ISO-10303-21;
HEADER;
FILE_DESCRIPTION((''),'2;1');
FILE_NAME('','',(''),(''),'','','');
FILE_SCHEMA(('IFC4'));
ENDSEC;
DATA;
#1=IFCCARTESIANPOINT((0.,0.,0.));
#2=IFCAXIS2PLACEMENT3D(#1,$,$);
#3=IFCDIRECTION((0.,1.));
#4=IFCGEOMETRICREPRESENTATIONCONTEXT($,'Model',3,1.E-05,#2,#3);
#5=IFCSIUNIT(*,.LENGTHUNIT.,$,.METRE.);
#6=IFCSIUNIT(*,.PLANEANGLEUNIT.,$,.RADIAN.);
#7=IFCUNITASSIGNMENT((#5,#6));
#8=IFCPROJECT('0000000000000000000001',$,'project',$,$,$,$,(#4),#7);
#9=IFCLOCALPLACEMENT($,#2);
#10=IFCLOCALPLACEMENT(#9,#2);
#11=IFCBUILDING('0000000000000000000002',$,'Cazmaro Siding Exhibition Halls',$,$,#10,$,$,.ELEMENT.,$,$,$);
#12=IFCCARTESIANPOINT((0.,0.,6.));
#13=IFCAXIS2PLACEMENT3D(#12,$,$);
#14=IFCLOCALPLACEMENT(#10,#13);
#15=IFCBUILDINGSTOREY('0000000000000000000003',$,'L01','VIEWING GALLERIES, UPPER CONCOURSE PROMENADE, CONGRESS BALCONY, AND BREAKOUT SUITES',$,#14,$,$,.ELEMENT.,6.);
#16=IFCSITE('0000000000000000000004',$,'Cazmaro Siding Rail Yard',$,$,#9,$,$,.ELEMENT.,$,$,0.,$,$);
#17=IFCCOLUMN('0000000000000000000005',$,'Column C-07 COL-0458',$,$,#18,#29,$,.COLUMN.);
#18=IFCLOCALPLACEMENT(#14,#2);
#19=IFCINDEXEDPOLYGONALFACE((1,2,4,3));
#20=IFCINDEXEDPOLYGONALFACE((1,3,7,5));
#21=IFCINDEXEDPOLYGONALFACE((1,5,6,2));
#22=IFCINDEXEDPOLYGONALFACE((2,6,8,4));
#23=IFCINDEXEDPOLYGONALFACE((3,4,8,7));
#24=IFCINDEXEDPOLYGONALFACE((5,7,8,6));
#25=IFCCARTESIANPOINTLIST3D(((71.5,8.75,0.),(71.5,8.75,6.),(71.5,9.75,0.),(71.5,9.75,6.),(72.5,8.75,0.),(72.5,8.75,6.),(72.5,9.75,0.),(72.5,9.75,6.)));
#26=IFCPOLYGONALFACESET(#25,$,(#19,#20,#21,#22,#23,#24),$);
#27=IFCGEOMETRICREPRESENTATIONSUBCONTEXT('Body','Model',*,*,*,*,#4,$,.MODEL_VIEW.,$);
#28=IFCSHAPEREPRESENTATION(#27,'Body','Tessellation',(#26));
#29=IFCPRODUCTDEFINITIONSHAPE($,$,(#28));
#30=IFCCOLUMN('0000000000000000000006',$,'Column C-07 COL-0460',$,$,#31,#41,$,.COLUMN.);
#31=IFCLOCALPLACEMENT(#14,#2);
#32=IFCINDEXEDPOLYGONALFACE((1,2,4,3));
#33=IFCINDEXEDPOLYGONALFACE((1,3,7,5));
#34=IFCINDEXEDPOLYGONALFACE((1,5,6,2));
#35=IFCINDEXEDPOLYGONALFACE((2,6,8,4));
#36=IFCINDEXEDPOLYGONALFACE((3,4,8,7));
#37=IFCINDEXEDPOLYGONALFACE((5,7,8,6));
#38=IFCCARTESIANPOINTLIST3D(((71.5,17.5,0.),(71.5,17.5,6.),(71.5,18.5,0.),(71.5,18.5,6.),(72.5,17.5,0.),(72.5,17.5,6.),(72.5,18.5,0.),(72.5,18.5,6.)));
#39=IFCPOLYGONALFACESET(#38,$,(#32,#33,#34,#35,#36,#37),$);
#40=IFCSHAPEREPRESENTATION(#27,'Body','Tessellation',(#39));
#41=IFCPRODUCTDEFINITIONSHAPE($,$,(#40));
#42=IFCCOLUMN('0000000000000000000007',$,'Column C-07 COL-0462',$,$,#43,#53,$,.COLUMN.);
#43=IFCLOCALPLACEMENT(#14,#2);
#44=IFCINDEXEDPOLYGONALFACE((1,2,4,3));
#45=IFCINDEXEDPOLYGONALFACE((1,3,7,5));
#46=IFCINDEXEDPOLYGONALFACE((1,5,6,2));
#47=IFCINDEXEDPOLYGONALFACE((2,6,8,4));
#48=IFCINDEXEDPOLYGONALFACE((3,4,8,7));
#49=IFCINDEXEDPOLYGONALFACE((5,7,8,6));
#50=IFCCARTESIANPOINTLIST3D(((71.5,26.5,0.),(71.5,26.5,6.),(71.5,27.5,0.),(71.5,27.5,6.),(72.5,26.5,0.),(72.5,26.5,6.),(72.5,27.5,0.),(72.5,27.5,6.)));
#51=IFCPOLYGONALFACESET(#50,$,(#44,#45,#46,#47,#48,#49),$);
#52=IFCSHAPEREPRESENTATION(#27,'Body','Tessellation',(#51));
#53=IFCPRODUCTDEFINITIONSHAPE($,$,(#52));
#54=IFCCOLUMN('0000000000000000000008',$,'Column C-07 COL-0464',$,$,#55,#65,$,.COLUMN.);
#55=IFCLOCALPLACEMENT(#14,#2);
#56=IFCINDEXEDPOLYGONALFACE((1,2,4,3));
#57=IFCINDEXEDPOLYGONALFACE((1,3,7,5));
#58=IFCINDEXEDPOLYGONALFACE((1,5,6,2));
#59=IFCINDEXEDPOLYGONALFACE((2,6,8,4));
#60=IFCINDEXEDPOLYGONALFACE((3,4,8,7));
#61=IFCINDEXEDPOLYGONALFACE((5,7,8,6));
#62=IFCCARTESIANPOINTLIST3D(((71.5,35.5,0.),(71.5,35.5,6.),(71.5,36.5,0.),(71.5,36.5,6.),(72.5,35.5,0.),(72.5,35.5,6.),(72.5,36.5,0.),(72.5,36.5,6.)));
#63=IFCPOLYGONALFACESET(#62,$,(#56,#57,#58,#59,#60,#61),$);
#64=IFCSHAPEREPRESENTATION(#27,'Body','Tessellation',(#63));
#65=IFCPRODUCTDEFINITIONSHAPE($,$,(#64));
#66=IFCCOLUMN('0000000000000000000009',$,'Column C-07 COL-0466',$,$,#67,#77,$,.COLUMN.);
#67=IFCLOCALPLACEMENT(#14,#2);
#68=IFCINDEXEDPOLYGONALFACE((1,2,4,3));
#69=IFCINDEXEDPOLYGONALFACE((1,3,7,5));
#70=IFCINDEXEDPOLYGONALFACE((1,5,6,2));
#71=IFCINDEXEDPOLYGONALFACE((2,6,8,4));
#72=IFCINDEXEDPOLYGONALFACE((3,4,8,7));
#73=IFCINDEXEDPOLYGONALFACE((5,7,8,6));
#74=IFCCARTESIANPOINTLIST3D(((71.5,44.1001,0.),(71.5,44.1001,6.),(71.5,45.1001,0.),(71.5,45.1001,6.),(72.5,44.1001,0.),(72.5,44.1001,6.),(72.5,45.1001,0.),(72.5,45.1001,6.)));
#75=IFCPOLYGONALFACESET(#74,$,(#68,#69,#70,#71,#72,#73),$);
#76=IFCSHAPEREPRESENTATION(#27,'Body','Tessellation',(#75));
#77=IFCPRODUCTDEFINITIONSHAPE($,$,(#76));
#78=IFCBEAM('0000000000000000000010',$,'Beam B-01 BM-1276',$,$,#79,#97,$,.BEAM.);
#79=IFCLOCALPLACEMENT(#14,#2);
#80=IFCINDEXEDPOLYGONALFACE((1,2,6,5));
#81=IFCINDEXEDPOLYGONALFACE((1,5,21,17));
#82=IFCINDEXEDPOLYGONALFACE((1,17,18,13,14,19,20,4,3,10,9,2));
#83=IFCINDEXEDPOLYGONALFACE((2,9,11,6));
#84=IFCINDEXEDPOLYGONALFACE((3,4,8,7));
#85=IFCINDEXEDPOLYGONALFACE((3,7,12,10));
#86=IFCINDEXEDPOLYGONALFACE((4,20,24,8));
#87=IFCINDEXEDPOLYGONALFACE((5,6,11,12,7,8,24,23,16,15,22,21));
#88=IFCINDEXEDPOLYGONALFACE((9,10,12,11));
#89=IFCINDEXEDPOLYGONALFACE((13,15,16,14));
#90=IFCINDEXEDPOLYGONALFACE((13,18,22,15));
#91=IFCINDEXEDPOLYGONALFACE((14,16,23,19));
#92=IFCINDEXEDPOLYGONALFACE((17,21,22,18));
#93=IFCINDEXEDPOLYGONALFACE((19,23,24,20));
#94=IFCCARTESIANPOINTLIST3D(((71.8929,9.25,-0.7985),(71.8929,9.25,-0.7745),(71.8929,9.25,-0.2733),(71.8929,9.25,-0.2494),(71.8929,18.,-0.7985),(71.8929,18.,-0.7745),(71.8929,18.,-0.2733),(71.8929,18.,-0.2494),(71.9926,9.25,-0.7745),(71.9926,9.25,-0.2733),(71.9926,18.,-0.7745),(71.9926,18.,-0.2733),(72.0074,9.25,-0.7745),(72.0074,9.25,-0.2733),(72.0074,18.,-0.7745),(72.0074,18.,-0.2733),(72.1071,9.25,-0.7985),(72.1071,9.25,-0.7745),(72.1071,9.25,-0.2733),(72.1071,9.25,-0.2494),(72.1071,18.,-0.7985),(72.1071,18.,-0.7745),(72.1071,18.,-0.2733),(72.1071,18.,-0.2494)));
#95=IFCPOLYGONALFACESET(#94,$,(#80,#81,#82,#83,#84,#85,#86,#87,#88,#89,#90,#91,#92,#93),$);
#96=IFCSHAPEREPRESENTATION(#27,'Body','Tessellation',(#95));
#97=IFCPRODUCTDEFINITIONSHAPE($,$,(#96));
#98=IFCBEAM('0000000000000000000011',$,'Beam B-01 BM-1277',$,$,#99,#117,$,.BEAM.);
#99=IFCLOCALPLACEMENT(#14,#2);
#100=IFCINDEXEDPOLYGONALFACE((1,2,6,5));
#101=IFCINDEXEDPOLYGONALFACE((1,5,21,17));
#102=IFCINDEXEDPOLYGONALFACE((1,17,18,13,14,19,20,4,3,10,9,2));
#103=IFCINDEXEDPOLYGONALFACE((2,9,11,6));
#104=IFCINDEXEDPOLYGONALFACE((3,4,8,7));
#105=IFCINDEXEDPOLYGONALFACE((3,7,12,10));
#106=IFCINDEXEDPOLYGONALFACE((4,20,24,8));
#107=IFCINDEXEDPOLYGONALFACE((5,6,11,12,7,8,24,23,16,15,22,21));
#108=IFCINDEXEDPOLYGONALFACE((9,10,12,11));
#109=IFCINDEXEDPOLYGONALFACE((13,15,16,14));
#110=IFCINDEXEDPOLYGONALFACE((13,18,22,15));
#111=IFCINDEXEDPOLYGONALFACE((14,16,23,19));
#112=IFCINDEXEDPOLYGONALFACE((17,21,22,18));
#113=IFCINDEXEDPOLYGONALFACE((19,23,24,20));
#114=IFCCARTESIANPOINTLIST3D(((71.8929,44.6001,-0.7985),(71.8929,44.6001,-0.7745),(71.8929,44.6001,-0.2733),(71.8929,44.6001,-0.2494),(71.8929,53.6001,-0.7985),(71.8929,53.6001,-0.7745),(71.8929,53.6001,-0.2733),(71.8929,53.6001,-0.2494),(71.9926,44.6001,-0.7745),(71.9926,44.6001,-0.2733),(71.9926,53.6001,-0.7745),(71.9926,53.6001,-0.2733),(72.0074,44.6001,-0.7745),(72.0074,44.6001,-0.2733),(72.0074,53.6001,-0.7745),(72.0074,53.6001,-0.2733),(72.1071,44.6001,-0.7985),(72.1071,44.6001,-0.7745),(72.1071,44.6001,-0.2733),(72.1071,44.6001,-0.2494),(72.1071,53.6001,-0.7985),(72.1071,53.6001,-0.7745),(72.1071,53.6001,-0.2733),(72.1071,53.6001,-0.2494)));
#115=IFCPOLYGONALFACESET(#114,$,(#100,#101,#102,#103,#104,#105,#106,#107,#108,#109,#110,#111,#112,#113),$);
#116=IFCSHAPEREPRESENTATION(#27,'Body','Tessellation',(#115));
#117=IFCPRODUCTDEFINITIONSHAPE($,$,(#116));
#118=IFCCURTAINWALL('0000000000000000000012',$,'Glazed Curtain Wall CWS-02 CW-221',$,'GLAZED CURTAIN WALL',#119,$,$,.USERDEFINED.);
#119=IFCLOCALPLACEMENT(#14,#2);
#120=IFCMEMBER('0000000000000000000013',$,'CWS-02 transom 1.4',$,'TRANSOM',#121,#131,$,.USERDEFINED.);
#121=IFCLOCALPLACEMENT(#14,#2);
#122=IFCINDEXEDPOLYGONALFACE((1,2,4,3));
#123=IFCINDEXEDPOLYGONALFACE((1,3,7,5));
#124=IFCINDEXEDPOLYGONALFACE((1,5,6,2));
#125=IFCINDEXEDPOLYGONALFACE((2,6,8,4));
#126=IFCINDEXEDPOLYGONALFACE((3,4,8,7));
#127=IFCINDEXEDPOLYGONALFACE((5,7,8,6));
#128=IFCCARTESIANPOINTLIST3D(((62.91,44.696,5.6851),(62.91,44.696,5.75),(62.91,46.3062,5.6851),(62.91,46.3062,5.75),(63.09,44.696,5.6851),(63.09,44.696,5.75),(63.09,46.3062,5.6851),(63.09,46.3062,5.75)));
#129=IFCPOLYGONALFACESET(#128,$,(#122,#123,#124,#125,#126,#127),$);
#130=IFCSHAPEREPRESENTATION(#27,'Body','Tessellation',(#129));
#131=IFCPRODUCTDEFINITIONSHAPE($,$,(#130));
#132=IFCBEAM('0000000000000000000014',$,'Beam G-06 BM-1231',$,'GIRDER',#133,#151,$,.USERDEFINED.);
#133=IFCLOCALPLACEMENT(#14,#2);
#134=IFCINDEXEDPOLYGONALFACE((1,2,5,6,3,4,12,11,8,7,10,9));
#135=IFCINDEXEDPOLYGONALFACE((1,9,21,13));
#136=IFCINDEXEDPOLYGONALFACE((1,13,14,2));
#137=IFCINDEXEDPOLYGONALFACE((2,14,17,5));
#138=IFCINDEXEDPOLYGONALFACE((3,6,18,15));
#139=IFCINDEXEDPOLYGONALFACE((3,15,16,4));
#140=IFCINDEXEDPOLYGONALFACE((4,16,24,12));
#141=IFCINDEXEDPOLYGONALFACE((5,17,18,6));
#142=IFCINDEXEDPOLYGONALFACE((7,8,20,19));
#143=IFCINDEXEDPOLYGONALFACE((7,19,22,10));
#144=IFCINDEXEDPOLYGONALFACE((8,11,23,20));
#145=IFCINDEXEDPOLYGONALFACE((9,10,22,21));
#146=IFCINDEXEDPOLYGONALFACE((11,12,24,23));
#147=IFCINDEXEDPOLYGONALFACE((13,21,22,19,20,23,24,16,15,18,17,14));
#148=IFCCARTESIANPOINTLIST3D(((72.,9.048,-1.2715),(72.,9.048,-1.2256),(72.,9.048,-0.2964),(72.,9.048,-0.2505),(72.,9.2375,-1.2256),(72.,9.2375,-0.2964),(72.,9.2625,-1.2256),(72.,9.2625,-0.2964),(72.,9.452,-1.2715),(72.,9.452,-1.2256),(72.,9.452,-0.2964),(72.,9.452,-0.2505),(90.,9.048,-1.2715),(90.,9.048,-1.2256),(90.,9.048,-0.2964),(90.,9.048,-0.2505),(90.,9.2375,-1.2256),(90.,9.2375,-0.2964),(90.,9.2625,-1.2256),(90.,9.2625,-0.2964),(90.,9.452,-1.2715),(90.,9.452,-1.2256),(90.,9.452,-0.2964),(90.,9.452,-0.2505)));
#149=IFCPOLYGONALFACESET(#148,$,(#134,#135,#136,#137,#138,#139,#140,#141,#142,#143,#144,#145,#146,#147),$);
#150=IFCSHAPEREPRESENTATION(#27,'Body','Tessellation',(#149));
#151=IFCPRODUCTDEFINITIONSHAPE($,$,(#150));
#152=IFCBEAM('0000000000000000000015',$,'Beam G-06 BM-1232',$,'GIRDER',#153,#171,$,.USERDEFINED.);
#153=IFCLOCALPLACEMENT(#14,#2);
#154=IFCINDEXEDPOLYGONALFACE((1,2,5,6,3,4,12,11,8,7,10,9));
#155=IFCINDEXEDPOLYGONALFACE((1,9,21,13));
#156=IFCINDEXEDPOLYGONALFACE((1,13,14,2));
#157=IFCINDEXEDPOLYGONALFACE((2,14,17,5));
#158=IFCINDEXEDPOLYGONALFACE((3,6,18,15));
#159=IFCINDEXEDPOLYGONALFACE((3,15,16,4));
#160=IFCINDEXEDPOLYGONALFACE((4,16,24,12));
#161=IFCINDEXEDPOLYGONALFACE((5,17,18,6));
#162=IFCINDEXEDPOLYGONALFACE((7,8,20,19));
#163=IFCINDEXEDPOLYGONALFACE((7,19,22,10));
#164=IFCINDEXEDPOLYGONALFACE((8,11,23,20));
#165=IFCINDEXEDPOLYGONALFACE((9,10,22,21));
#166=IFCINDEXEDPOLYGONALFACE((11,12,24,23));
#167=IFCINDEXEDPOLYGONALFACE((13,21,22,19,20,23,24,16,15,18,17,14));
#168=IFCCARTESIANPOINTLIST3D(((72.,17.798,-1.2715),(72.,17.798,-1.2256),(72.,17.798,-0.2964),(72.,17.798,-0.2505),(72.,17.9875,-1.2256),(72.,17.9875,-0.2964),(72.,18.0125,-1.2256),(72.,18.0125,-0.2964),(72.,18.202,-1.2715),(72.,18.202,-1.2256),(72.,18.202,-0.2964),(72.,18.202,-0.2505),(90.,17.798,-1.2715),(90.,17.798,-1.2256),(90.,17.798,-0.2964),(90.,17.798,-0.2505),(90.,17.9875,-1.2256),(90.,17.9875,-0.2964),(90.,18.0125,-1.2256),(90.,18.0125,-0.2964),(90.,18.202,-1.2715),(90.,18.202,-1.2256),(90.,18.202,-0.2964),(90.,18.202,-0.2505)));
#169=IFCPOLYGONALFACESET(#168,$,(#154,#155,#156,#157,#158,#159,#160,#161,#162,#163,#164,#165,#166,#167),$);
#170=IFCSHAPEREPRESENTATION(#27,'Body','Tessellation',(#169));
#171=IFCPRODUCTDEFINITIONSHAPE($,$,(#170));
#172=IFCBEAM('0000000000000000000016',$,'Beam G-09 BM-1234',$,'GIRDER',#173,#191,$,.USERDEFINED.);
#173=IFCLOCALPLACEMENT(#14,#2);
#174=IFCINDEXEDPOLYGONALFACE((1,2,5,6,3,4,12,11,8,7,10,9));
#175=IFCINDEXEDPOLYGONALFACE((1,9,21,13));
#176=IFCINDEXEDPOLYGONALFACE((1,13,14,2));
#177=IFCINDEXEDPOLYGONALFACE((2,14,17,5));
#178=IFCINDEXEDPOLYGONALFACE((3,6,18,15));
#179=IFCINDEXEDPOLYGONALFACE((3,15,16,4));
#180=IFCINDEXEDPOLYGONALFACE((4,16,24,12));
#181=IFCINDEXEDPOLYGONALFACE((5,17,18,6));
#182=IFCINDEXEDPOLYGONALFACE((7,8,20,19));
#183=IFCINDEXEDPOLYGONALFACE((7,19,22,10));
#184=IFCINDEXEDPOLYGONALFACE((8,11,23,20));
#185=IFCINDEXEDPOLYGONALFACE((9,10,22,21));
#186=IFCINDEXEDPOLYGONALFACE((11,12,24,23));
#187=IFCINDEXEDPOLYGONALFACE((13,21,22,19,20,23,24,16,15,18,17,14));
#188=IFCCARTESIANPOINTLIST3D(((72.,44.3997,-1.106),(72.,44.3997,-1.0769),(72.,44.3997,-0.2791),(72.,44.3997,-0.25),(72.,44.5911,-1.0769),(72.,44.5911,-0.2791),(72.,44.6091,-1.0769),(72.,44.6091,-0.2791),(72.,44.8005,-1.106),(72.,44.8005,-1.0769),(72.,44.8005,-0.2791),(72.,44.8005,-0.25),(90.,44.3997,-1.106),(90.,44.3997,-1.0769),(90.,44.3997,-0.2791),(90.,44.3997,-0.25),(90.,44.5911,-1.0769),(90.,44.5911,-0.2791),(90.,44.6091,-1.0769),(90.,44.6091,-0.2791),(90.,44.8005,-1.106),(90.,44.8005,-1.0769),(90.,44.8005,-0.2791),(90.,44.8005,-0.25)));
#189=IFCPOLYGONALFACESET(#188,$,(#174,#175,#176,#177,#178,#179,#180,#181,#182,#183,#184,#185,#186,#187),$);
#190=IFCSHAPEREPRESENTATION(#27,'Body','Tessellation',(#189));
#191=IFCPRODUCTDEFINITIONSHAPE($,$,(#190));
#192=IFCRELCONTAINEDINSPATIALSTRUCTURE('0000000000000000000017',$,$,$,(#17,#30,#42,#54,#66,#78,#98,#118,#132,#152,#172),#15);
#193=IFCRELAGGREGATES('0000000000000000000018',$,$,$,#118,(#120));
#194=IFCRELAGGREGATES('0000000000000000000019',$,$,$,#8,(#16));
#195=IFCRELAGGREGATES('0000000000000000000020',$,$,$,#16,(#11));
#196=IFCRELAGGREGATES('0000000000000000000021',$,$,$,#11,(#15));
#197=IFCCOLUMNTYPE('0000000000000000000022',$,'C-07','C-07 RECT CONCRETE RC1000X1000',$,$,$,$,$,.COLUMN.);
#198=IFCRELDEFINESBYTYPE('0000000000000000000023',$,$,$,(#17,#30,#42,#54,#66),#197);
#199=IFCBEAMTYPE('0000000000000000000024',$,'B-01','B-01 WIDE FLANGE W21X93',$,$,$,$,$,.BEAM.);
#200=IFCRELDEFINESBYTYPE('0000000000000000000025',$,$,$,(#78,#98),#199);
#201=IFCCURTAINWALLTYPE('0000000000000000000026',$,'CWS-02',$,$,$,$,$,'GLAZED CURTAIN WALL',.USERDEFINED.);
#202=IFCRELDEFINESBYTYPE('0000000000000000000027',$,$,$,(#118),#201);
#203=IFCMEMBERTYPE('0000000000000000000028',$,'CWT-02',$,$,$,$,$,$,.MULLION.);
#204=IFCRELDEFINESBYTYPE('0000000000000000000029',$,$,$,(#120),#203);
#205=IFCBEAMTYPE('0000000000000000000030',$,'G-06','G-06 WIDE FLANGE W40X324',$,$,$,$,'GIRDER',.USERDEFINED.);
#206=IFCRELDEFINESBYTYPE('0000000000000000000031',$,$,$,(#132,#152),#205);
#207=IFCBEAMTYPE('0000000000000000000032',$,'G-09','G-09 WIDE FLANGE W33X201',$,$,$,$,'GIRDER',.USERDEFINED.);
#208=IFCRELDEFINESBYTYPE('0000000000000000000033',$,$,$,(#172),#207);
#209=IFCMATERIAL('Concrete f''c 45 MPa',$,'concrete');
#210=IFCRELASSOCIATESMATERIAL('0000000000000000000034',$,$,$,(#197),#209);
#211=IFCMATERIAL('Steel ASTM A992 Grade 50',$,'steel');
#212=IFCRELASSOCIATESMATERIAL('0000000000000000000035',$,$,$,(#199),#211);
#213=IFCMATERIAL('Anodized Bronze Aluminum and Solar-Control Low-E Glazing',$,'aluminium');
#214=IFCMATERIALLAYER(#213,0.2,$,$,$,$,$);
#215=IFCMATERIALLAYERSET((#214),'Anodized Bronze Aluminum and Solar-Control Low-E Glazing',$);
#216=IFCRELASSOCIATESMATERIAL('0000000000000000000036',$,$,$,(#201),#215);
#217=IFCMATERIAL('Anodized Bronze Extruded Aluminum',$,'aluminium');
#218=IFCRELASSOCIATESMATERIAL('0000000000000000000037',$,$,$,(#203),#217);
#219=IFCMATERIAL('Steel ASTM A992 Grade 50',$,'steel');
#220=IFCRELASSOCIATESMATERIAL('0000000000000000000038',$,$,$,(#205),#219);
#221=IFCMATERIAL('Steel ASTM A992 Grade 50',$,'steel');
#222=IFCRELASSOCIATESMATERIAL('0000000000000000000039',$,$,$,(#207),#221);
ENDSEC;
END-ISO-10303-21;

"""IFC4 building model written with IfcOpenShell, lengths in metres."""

from ifc_helpers import new_model, si_unit, direction, frame, origin, origin_2d, place, context, subcontext, project, spatial, rectangle, i_section, extrude, material, layer, layer_set, material_profile, profile_set, type_object, element, aggregate, save


model = new_model("IFC4")

# Units and contexts
model_context = context("Model", 3, precision=1e-05, world=origin(), true_north=direction((0.0, 1.0)))
body_context = subcontext(model_context, "Body", "Model", "MODEL_VIEW")
ifc_project = project(units=[si_unit("LENGTHUNIT", "METRE"), si_unit("PLANEANGLEUNIT", "RADIAN")], contexts=[model_context])

# Site, building, storey
site_placement = place(None, origin())
site = spatial("IfcSite", under=ifc_project, at=site_placement, Name="Cazmaro Siding Rail Yard", CompositionType="ELEMENT", RefElevation=0.0)
building_placement = place(site_placement, origin())
building = spatial("IfcBuilding", under=site, at=building_placement, Name="Cazmaro Siding Exhibition Halls", CompositionType="ELEMENT")
storey_placement = place(building_placement, frame((0.0, 0.0, 6.0)))
storey = spatial("IfcBuildingStorey", under=building, at=storey_placement, Name="L01", Description="VIEWING GALLERIES, UPPER CONCOURSE PROMENADE, CONGRESS BALCONY, AND BREAKOUT SUITES", CompositionType="ELEMENT", Elevation=6.0)

# Columns
ifc_material_1 = material(Name="Concrete f'c 45 MPa", Category="concrete")
ifc_material_profile_1 = material_profile(ifc_material_1, rectangle(XDim=1.0, YDim=1.0, at=origin_2d()), Name="RC1000X1000")
ifc_profile_set_1 = profile_set([ifc_material_profile_1], Name="Concrete f'c 45 MPa")
column_type = type_object("IfcColumnType", Name="C-07", Description="C-07 RECT CONCRETE RC1000X1000", PredefinedType="COLUMN", material=ifc_profile_set_1)
for number, where, z_axis, x_axis, name in (
    (1, (72.0, 9.25, 0.0), (0.0, 0.0, 1.0), (1.0, 0.0, 0.0), "Column C-07 COL-0458"),
    (2, (72.0, 18.0, 0.0), (0.0, 0.0, 1.0), (1.0, 0.0, 0.0), "Column C-07 COL-0460"),
    (3, (72.0, 27.0, 0.0), (0.0, 0.0, 1.0), (1.0, 0.0, 0.0), "Column C-07 COL-0462"),
    (4, (72.0, 36.0, 0.0), (0.0, 0.0, 1.0), (1.0, 0.0, 0.0), "Column C-07 COL-0464"),
    (5, (72.0, 44.6001, 0.0), (0.0, 0.0, 1.0), (1.0, 0.0, 0.0), "Column C-07 COL-0466"),
):
    element("IfcColumn", number, at=place(storey_placement, frame(where, z_axis=z_axis, x_axis=x_axis)), inside=storey, type_object=column_type, Name=name, PredefinedType="COLUMN", context=body_context, shape_type="SweptSolid", body=[
        extrude(rectangle(XDim=1.0, YDim=1.0, at=origin_2d()), origin(), (0.0, 0.0, 1.0), 6.0),
    ])

# Beams
ifc_material_2 = material(Name="Steel ASTM A992 Grade 50", Category="steel")
ifc_material_profile_2 = material_profile(ifc_material_2, i_section(OverallWidth=0.2141, OverallDepth=0.5491, WebThickness=0.0149, FlangeThickness=0.0239, at=origin_2d()), Name="W21X93")
ifc_profile_set_2 = profile_set([ifc_material_profile_2], Name="Steel ASTM A992 Grade 50")
beam_type_1 = type_object("IfcBeamType", Name="B-01", Description="B-01 WIDE FLANGE W21X93", PredefinedType="BEAM", material=ifc_profile_set_2)
beam_1_placement = place(storey_placement, frame((72.0, 9.25, -0.5239), z_axis=(0.0, 1.0, 0.0), x_axis=(-1.0, 0.0, 0.0)))
element("IfcBeam", 6, at=beam_1_placement, inside=storey, type_object=beam_type_1, Name="Beam B-01 BM-1276", PredefinedType="BEAM", context=body_context, shape_type="SweptSolid", body=[
    extrude(i_section(OverallWidth=0.2141, OverallDepth=0.5491, WebThickness=0.0149, FlangeThickness=0.0239, at=origin_2d()), origin(), (0.0, 0.0, 1.0), 8.75),
])
beam_2_placement = place(storey_placement, frame((72.0, 44.6001, -0.5239), z_axis=(0.0, 1.0, 0.0), x_axis=(-1.0, 0.0, 0.0)))
element("IfcBeam", 7, at=beam_2_placement, inside=storey, type_object=beam_type_1, Name="Beam B-01 BM-1277", PredefinedType="BEAM", context=body_context, shape_type="SweptSolid", body=[
    extrude(i_section(OverallWidth=0.2141, OverallDepth=0.5491, WebThickness=0.0149, FlangeThickness=0.0239, at=origin_2d()), origin(), (0.0, 0.0, 1.0), 9.0),
])

# Curtain wall, member
ifc_material_3 = material(Name="Anodized Bronze Aluminum and Solar-Control Low-E Glazing", Category="aluminium")
ifc_layer_1 = layer(ifc_material_3, 0.2)
ifc_layer_set_1 = layer_set([ifc_layer_1], Name="Anodized Bronze Aluminum and Solar-Control Low-E Glazing")
curtain_wall_type = type_object("IfcCurtainWallType", Name="CWS-02", ElementType="GLAZED CURTAIN WALL", PredefinedType="USERDEFINED", material=ifc_layer_set_1)
curtain_wall_placement = place(storey_placement, origin())
curtain_wall = element("IfcCurtainWall", 8, at=curtain_wall_placement, inside=storey, type_object=curtain_wall_type, Name="Glazed Curtain Wall CWS-02 CW-221", ObjectType="GLAZED CURTAIN WALL", PredefinedType="USERDEFINED")
ifc_material_4 = material(Name="Anodized Bronze Extruded Aluminum", Category="aluminium")
ifc_material_profile_3 = material_profile(ifc_material_4, rectangle(XDim=0.1799, YDim=0.0649, at=origin_2d()), Name="CWT-02")
ifc_profile_set_3 = profile_set([ifc_material_profile_3], Name="Anodized Bronze Extruded Aluminum")
member_type = type_object("IfcMemberType", Name="CWT-02", PredefinedType="MULLION", material=ifc_profile_set_3)
member_placement = place(storey_placement, frame((63.0, 44.696, 5.7175), z_axis=(0.0, 1.0, 0.0), x_axis=(-1.0, 0.0, 0.0)))
member = element("IfcMember", 9, at=member_placement, type_object=member_type, Name="CWS-02 transom 1.4", ObjectType="TRANSOM", PredefinedType="USERDEFINED", context=body_context, shape_type="SweptSolid", body=[
    extrude(rectangle(XDim=0.1799, YDim=0.0649, at=origin_2d()), origin(), (0.0, 0.0, 1.0), 1.6101),
])

# Beams
ifc_material_5 = material(Name="Steel ASTM A992 Grade 50", Category="steel")
ifc_material_profile_4 = material_profile(ifc_material_5, i_section(OverallWidth=0.4041, OverallDepth=1.021, WebThickness=0.0249, FlangeThickness=0.0459, at=origin_2d()), Name="W40X324")
ifc_profile_set_4 = profile_set([ifc_material_profile_4], Name="Steel ASTM A992 Grade 50")
beam_type_2 = type_object("IfcBeamType", Name="G-06", Description="G-06 WIDE FLANGE W40X324", ElementType="GIRDER", PredefinedType="USERDEFINED", material=ifc_profile_set_4)
for number, where, z_axis, x_axis, name in (
    (10, (72.0, 9.25, -0.761), (1.0, 0.0, 0.0), (0.0, 1.0, 0.0), "Beam G-06 BM-1231"),
    (11, (72.0, 18.0, -0.761), (1.0, 0.0, 0.0), (0.0, 1.0, 0.0), "Beam G-06 BM-1232"),
):
    element("IfcBeam", number, at=place(storey_placement, frame(where, z_axis=z_axis, x_axis=x_axis)), inside=storey, type_object=beam_type_2, Name=name, ObjectType="GIRDER", PredefinedType="USERDEFINED", context=body_context, shape_type="SweptSolid", body=[
        extrude(i_section(OverallWidth=0.4041, OverallDepth=1.021, WebThickness=0.0249, FlangeThickness=0.0459, at=origin_2d()), origin(), (0.0, 0.0, 1.0), 18.0),
    ])
ifc_material_6 = material(Name="Steel ASTM A992 Grade 50", Category="steel")
ifc_material_profile_5 = material_profile(ifc_material_6, i_section(OverallWidth=0.4009, OverallDepth=0.856, WebThickness=0.0181, FlangeThickness=0.0291, at=origin_2d()), Name="W33X201")
ifc_profile_set_5 = profile_set([ifc_material_profile_5], Name="Steel ASTM A992 Grade 50")
beam_type_3 = type_object("IfcBeamType", Name="G-09", Description="G-09 WIDE FLANGE W33X201", ElementType="GIRDER", PredefinedType="USERDEFINED", material=ifc_profile_set_5)
beam_3_placement = place(storey_placement, frame((72.0, 44.6001, -0.678), z_axis=(1.0, 0.0, 0.0), x_axis=(0.0, 1.0, 0.0)))
element("IfcBeam", 12, at=beam_3_placement, inside=storey, type_object=beam_type_3, Name="Beam G-09 BM-1234", ObjectType="GIRDER", PredefinedType="USERDEFINED", context=body_context, shape_type="SweptSolid", body=[
    extrude(i_section(OverallWidth=0.4009, OverallDepth=0.856, WebThickness=0.0181, FlangeThickness=0.0291, at=origin_2d()), origin(), (0.0, 0.0, 1.0), 18.0),
])

aggregate(curtain_wall, [member])

save(model, "model.ifc")
